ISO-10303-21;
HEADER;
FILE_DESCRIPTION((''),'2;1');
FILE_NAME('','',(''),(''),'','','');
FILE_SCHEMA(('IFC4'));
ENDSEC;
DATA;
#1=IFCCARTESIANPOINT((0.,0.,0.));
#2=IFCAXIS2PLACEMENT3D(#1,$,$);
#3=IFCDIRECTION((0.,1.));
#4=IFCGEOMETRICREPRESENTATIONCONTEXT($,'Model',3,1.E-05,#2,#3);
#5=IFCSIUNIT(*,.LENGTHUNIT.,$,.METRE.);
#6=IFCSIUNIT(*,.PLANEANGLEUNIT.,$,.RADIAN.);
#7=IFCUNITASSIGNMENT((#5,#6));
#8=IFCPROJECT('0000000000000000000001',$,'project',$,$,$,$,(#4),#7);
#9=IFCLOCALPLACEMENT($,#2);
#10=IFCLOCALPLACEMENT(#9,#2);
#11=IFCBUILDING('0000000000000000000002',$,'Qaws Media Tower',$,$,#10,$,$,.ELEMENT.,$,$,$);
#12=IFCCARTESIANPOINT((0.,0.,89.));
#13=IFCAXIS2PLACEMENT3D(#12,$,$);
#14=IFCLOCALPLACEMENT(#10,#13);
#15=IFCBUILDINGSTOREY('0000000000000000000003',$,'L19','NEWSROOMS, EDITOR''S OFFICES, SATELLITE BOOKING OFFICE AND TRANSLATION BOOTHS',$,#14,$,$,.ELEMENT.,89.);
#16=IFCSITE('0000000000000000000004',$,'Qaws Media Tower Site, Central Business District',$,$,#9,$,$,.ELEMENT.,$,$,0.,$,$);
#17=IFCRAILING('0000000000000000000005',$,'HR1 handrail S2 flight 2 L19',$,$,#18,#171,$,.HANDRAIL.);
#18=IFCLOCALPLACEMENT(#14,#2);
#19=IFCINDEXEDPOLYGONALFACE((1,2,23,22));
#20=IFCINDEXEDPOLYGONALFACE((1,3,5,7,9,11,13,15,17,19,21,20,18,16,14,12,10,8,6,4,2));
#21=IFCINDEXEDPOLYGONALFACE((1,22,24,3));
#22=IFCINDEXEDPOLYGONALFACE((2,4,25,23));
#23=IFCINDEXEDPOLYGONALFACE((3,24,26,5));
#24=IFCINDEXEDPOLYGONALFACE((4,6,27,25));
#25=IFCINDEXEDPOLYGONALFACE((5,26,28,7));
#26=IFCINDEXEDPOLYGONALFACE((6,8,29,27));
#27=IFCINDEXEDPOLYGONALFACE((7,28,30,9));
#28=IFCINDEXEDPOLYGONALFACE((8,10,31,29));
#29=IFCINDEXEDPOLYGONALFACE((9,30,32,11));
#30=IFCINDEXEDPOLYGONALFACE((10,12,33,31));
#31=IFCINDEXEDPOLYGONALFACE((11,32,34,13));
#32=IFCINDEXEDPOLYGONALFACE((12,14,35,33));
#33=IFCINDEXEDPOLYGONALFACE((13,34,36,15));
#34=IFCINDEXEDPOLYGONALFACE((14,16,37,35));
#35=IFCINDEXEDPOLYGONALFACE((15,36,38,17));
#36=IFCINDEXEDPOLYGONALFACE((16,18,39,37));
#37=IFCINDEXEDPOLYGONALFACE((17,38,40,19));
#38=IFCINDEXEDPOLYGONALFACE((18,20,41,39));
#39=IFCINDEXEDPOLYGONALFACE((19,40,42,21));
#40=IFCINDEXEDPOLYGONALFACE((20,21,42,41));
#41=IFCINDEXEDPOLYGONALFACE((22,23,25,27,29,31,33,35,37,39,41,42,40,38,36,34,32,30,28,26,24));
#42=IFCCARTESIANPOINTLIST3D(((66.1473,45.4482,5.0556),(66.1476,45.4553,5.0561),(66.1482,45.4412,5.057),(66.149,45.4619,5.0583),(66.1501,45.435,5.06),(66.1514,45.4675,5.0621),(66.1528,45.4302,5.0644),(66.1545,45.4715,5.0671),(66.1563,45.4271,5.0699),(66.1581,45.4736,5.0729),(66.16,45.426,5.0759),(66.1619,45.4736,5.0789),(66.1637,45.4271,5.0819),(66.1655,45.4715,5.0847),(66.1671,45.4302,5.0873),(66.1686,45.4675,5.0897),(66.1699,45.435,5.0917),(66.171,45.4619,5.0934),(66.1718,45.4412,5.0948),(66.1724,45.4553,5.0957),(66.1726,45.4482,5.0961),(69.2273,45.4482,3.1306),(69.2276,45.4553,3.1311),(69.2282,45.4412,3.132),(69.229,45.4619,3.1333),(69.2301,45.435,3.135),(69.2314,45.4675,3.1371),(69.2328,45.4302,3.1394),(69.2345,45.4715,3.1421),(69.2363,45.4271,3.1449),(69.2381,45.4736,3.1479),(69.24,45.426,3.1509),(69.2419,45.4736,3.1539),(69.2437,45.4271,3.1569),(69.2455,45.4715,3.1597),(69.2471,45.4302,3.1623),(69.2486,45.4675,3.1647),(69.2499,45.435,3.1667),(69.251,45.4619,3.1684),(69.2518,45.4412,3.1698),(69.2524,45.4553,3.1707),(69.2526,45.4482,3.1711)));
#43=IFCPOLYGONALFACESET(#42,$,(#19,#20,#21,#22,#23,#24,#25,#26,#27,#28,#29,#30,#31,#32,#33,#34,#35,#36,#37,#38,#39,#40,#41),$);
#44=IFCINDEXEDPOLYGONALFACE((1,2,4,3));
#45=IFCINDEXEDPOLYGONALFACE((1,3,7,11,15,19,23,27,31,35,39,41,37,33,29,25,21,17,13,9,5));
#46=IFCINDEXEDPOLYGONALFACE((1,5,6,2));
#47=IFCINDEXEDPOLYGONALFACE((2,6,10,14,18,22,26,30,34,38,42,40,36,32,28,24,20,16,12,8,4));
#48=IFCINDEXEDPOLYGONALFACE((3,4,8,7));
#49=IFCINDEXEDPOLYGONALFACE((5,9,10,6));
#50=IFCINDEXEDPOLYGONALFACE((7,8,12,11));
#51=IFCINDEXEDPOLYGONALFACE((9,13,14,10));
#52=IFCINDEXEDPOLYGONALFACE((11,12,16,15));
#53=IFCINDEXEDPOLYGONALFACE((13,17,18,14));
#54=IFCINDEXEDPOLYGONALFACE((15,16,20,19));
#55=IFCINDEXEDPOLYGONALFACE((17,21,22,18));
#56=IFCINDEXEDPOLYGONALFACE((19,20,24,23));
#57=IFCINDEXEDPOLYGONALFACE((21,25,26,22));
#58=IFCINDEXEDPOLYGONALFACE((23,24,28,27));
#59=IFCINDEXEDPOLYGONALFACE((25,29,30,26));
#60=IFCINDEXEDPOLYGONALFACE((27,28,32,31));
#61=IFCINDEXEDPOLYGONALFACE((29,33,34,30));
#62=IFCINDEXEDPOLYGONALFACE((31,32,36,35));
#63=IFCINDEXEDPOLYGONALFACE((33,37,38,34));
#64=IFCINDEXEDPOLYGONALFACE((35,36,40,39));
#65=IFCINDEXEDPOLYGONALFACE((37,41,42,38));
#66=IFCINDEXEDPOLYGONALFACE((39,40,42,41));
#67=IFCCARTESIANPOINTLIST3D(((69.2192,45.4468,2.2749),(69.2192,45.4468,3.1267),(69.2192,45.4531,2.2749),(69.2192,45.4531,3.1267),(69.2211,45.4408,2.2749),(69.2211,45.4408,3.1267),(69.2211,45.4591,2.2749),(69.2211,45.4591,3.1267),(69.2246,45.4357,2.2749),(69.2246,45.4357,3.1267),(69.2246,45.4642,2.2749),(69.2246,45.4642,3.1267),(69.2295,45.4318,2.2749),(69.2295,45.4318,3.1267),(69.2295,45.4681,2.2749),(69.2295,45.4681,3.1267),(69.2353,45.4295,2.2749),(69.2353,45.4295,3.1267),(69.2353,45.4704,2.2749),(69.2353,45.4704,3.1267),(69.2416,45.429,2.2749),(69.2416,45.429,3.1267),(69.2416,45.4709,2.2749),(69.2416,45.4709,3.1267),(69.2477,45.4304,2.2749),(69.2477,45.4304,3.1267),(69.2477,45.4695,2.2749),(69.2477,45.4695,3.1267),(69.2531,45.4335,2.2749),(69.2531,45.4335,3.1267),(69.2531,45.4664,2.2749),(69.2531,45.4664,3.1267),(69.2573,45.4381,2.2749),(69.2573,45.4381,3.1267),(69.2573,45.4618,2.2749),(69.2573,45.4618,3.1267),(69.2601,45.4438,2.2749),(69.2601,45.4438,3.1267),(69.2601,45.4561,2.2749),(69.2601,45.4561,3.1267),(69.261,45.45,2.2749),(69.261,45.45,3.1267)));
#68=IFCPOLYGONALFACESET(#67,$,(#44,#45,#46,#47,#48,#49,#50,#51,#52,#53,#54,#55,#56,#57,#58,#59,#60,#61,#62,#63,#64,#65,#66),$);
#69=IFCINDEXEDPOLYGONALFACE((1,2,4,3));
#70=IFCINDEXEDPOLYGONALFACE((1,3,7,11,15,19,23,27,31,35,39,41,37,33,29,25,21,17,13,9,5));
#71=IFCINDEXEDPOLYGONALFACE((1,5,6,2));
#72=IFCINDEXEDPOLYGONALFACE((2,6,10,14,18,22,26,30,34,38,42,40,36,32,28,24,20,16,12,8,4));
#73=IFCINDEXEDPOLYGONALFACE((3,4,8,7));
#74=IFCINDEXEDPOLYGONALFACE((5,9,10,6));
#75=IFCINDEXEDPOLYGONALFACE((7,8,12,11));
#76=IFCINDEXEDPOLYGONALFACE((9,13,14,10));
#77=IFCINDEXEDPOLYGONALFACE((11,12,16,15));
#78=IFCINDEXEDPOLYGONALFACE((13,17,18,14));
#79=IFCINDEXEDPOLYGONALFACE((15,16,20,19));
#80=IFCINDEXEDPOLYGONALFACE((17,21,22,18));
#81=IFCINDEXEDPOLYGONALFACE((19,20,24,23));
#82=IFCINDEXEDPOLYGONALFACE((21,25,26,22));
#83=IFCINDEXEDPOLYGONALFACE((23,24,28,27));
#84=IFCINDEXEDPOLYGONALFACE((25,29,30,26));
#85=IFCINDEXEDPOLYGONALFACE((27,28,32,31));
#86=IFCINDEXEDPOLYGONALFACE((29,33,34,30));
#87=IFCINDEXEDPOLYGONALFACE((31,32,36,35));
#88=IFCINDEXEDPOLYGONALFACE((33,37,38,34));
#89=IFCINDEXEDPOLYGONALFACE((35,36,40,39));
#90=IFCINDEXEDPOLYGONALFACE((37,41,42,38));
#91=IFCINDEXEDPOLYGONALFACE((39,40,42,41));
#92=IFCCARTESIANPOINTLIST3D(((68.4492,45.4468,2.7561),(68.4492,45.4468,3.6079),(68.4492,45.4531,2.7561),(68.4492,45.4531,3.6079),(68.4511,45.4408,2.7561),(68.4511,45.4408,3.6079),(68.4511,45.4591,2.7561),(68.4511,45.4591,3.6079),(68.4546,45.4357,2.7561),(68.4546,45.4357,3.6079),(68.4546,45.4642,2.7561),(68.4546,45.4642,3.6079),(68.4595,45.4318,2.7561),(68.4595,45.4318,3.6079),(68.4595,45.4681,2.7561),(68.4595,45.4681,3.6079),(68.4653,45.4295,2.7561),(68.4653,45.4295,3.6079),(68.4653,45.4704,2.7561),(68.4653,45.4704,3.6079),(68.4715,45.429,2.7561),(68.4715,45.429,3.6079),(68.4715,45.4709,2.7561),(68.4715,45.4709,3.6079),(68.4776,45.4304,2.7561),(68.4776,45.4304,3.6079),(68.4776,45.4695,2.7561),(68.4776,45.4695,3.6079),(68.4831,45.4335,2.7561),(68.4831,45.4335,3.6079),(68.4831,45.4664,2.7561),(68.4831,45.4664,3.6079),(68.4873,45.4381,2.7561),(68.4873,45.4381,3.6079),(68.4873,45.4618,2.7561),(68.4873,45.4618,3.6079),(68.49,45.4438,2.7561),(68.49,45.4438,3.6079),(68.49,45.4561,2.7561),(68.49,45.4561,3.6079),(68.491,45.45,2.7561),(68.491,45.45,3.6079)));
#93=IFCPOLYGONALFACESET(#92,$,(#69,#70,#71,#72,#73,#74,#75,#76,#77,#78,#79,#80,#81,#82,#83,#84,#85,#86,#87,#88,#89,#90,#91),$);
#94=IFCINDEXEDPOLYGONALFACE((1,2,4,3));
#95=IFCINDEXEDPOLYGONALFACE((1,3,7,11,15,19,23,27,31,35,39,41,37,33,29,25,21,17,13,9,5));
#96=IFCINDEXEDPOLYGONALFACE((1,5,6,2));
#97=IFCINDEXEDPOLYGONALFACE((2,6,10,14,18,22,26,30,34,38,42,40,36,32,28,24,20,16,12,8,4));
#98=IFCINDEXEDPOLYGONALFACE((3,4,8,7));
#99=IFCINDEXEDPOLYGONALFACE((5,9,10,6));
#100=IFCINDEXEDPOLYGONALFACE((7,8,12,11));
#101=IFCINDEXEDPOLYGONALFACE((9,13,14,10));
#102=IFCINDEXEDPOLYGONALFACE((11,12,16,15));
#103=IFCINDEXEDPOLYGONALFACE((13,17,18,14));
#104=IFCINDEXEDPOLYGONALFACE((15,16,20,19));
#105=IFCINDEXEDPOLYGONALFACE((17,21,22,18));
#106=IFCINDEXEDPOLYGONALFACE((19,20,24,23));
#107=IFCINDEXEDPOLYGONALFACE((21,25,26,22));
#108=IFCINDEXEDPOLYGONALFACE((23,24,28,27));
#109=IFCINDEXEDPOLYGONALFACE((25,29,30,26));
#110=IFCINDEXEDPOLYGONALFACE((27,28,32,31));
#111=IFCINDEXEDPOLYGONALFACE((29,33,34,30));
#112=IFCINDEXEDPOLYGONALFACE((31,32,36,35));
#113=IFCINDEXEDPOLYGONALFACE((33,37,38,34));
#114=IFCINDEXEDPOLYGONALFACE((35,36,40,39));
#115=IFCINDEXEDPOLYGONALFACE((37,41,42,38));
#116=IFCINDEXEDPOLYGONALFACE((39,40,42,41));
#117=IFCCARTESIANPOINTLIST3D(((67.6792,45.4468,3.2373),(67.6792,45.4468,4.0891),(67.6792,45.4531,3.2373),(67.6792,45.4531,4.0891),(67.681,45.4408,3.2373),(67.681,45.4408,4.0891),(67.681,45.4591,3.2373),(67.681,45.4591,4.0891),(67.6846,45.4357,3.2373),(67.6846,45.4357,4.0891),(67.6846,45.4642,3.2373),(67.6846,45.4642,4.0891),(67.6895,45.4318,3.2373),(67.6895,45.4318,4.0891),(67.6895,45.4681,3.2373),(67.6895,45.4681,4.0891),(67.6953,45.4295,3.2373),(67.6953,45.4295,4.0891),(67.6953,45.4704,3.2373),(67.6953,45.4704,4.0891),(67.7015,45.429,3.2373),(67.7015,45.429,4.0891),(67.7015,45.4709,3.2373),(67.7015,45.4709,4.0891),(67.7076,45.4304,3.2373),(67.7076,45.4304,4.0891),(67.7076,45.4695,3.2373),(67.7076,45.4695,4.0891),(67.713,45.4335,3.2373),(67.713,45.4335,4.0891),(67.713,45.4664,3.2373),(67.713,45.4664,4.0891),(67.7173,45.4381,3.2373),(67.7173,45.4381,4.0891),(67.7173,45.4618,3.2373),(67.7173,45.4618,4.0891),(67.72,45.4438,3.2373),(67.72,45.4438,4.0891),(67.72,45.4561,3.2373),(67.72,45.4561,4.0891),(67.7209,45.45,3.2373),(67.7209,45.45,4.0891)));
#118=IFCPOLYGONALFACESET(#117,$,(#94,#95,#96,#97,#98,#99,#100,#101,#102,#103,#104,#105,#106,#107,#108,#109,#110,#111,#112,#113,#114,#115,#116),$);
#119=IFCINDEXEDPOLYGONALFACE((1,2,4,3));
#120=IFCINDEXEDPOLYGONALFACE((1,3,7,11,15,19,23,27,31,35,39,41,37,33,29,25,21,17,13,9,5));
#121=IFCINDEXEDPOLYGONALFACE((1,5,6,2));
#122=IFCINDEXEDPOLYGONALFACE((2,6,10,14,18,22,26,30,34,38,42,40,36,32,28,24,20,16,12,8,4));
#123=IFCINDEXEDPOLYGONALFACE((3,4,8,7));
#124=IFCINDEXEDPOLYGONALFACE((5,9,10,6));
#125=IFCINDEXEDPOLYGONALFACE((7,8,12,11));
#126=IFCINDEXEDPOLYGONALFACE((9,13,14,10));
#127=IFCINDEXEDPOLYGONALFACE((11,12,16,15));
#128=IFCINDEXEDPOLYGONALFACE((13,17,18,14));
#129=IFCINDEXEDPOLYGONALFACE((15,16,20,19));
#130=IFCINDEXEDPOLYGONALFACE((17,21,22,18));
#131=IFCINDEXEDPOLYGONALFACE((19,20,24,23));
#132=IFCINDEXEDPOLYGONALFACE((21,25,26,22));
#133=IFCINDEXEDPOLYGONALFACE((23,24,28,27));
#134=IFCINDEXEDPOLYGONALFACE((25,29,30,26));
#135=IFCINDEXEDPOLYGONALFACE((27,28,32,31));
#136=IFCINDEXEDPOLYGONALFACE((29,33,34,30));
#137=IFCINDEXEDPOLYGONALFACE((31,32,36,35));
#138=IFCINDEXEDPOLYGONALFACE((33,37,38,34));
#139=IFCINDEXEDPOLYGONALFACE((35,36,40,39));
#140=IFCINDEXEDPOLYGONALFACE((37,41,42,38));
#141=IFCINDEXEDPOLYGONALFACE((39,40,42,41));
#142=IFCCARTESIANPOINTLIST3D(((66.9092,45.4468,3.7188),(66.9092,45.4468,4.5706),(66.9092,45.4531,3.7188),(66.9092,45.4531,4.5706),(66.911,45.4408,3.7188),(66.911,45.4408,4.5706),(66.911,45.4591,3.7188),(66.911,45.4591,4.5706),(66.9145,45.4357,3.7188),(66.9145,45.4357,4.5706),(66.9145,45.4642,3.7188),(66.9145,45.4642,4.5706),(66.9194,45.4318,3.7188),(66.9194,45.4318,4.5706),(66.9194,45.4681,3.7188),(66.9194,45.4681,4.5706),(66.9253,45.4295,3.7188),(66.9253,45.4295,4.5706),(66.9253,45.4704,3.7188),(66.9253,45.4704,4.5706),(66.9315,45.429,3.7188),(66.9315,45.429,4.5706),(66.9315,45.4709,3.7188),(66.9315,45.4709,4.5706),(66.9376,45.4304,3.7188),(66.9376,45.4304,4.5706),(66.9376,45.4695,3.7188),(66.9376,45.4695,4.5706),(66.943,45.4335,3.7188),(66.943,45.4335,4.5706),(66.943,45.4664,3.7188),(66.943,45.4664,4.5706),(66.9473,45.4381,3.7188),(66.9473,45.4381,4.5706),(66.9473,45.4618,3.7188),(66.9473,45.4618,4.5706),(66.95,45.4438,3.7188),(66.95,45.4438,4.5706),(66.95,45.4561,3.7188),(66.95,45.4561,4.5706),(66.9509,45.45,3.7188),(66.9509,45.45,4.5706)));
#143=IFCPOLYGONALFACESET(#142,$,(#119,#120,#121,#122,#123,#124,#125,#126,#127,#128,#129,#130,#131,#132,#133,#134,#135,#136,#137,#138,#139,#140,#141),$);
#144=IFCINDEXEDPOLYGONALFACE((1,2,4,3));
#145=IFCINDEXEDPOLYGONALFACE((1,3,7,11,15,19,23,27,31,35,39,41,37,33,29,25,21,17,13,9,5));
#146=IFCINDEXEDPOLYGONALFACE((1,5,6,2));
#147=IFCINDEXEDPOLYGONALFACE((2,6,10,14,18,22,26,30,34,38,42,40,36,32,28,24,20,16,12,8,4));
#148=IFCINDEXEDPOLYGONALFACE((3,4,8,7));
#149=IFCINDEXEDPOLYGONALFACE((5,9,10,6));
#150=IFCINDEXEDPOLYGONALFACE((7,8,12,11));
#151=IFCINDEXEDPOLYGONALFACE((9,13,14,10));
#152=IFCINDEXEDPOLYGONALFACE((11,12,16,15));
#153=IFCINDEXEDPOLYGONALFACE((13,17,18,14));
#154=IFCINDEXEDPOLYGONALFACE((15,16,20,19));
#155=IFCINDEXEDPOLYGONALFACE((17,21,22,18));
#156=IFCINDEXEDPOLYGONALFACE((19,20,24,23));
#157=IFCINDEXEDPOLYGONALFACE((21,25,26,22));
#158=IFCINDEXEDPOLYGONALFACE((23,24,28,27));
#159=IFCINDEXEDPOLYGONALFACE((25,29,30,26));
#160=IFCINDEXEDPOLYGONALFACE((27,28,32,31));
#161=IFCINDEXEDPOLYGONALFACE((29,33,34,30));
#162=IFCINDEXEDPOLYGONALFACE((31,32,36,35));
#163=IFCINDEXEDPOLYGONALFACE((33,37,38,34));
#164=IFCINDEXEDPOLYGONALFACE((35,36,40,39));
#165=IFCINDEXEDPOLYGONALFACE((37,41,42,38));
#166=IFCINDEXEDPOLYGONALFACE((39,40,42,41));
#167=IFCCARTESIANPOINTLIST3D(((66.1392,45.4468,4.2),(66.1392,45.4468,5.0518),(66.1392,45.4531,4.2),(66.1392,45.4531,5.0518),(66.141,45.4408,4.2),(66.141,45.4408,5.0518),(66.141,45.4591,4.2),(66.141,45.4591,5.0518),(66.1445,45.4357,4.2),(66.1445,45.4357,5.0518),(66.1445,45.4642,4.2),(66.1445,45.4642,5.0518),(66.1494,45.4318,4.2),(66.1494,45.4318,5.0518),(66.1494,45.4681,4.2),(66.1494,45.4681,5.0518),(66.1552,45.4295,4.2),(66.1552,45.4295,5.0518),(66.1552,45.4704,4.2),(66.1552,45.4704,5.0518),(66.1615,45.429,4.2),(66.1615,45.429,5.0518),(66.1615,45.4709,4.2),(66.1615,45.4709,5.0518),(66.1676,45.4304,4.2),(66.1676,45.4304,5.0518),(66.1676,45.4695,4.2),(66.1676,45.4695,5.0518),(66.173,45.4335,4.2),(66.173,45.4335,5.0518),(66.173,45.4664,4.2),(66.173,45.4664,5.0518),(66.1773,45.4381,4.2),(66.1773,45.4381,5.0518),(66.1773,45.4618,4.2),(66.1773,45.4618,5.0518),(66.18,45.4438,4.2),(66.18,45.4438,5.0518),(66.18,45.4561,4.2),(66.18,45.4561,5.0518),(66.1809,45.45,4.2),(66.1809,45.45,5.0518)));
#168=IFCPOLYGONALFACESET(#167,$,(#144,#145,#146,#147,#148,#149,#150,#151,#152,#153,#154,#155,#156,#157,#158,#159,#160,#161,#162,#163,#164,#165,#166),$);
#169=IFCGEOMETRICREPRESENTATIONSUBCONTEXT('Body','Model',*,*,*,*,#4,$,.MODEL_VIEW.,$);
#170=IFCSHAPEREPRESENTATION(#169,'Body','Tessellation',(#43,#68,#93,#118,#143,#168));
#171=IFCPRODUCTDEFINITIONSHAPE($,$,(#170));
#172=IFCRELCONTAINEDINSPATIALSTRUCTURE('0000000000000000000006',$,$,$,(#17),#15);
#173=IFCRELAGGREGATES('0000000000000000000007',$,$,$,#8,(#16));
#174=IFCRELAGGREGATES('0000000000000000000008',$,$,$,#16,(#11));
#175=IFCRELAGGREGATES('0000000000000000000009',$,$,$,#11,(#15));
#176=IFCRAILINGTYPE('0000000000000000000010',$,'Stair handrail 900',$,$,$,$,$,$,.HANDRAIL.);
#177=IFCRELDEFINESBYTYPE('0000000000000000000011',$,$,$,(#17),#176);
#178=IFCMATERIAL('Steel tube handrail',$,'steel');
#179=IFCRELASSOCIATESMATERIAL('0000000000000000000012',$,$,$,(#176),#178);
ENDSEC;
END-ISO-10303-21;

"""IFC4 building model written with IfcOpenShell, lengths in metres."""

from ifc_helpers import new_model, si_unit, direction, frame, origin, origin_2d, place, context, subcontext, project, spatial, circle, extrude, material, type_object, element, save


model = new_model("IFC4")

# Units and contexts
model_context = context("Model", 3, precision=1e-05, world=origin(), true_north=direction((0.0, 1.0)))
body_context = subcontext(model_context, "Body", "Model", "MODEL_VIEW")
ifc_project = project(units=[si_unit("LENGTHUNIT", "METRE"), si_unit("PLANEANGLEUNIT", "RADIAN")], contexts=[model_context])

# Site, building, storey
site_placement = place(None, origin())
site = spatial("IfcSite", under=ifc_project, at=site_placement, Name="Qaws Media Tower Site, Central Business District", CompositionType="ELEMENT", RefElevation=0.0)
building_placement = place(site_placement, origin())
building = spatial("IfcBuilding", under=site, at=building_placement, Name="Qaws Media Tower", CompositionType="ELEMENT")
storey_placement = place(building_placement, frame((0.0, 0.0, 89.0)))
storey = spatial("IfcBuildingStorey", under=building, at=storey_placement, Name="L19", Description="NEWSROOMS, EDITOR'S OFFICES, SATELLITE BOOKING OFFICE AND TRANSLATION BOOTHS", CompositionType="ELEMENT", Elevation=89.0)

# Railing
ifc_material_1 = material(Name="Steel tube handrail", Category="steel")
railing_type = type_object("IfcRailingType", Name="Stair handrail 900", PredefinedType="HANDRAIL", material=ifc_material_1)
for number, where, name in (
    (1, (69.24, 45.45, 2.2749), "HR1 handrail S2 flight 2 L19"),
):
    element("IfcRailing", number, at=place(storey_placement, frame(where)), inside=storey, type_object=railing_type, Name=name, PredefinedType="HANDRAIL", context=body_context, shape_type="SweptSolid", body=[
        extrude(circle(Radius=0.0239, at=origin_2d()), frame((0.0, 0.0, 0.876), z_axis=(-0.847998, 0.0, 0.529999), x_axis=(0.0, -1.0, 0.0)), (0.0, 0.0, 1.0), 3.6321),
        extrude(circle(Radius=0.021, at=origin_2d()), origin(), (0.0, 0.0, 1.0), 0.8518),
        extrude(circle(Radius=0.021, at=origin_2d()), frame((-0.77, 0.0, 0.4812)), (0.0, 0.0, 1.0), 0.8518),
        extrude(circle(Radius=0.021, at=origin_2d()), frame((-1.54, 0.0, 0.9624)), (0.0, 0.0, 1.0), 0.8518),
        extrude(circle(Radius=0.021, at=origin_2d()), frame((-2.3101, 0.0, 1.4438)), (0.0, 0.0, 1.0), 0.8518),
        extrude(circle(Radius=0.021, at=origin_2d()), frame((-3.0801, 0.0, 1.925)), (0.0, 0.0, 1.0), 0.8518),
    ])

save(model, "model.ifc")
